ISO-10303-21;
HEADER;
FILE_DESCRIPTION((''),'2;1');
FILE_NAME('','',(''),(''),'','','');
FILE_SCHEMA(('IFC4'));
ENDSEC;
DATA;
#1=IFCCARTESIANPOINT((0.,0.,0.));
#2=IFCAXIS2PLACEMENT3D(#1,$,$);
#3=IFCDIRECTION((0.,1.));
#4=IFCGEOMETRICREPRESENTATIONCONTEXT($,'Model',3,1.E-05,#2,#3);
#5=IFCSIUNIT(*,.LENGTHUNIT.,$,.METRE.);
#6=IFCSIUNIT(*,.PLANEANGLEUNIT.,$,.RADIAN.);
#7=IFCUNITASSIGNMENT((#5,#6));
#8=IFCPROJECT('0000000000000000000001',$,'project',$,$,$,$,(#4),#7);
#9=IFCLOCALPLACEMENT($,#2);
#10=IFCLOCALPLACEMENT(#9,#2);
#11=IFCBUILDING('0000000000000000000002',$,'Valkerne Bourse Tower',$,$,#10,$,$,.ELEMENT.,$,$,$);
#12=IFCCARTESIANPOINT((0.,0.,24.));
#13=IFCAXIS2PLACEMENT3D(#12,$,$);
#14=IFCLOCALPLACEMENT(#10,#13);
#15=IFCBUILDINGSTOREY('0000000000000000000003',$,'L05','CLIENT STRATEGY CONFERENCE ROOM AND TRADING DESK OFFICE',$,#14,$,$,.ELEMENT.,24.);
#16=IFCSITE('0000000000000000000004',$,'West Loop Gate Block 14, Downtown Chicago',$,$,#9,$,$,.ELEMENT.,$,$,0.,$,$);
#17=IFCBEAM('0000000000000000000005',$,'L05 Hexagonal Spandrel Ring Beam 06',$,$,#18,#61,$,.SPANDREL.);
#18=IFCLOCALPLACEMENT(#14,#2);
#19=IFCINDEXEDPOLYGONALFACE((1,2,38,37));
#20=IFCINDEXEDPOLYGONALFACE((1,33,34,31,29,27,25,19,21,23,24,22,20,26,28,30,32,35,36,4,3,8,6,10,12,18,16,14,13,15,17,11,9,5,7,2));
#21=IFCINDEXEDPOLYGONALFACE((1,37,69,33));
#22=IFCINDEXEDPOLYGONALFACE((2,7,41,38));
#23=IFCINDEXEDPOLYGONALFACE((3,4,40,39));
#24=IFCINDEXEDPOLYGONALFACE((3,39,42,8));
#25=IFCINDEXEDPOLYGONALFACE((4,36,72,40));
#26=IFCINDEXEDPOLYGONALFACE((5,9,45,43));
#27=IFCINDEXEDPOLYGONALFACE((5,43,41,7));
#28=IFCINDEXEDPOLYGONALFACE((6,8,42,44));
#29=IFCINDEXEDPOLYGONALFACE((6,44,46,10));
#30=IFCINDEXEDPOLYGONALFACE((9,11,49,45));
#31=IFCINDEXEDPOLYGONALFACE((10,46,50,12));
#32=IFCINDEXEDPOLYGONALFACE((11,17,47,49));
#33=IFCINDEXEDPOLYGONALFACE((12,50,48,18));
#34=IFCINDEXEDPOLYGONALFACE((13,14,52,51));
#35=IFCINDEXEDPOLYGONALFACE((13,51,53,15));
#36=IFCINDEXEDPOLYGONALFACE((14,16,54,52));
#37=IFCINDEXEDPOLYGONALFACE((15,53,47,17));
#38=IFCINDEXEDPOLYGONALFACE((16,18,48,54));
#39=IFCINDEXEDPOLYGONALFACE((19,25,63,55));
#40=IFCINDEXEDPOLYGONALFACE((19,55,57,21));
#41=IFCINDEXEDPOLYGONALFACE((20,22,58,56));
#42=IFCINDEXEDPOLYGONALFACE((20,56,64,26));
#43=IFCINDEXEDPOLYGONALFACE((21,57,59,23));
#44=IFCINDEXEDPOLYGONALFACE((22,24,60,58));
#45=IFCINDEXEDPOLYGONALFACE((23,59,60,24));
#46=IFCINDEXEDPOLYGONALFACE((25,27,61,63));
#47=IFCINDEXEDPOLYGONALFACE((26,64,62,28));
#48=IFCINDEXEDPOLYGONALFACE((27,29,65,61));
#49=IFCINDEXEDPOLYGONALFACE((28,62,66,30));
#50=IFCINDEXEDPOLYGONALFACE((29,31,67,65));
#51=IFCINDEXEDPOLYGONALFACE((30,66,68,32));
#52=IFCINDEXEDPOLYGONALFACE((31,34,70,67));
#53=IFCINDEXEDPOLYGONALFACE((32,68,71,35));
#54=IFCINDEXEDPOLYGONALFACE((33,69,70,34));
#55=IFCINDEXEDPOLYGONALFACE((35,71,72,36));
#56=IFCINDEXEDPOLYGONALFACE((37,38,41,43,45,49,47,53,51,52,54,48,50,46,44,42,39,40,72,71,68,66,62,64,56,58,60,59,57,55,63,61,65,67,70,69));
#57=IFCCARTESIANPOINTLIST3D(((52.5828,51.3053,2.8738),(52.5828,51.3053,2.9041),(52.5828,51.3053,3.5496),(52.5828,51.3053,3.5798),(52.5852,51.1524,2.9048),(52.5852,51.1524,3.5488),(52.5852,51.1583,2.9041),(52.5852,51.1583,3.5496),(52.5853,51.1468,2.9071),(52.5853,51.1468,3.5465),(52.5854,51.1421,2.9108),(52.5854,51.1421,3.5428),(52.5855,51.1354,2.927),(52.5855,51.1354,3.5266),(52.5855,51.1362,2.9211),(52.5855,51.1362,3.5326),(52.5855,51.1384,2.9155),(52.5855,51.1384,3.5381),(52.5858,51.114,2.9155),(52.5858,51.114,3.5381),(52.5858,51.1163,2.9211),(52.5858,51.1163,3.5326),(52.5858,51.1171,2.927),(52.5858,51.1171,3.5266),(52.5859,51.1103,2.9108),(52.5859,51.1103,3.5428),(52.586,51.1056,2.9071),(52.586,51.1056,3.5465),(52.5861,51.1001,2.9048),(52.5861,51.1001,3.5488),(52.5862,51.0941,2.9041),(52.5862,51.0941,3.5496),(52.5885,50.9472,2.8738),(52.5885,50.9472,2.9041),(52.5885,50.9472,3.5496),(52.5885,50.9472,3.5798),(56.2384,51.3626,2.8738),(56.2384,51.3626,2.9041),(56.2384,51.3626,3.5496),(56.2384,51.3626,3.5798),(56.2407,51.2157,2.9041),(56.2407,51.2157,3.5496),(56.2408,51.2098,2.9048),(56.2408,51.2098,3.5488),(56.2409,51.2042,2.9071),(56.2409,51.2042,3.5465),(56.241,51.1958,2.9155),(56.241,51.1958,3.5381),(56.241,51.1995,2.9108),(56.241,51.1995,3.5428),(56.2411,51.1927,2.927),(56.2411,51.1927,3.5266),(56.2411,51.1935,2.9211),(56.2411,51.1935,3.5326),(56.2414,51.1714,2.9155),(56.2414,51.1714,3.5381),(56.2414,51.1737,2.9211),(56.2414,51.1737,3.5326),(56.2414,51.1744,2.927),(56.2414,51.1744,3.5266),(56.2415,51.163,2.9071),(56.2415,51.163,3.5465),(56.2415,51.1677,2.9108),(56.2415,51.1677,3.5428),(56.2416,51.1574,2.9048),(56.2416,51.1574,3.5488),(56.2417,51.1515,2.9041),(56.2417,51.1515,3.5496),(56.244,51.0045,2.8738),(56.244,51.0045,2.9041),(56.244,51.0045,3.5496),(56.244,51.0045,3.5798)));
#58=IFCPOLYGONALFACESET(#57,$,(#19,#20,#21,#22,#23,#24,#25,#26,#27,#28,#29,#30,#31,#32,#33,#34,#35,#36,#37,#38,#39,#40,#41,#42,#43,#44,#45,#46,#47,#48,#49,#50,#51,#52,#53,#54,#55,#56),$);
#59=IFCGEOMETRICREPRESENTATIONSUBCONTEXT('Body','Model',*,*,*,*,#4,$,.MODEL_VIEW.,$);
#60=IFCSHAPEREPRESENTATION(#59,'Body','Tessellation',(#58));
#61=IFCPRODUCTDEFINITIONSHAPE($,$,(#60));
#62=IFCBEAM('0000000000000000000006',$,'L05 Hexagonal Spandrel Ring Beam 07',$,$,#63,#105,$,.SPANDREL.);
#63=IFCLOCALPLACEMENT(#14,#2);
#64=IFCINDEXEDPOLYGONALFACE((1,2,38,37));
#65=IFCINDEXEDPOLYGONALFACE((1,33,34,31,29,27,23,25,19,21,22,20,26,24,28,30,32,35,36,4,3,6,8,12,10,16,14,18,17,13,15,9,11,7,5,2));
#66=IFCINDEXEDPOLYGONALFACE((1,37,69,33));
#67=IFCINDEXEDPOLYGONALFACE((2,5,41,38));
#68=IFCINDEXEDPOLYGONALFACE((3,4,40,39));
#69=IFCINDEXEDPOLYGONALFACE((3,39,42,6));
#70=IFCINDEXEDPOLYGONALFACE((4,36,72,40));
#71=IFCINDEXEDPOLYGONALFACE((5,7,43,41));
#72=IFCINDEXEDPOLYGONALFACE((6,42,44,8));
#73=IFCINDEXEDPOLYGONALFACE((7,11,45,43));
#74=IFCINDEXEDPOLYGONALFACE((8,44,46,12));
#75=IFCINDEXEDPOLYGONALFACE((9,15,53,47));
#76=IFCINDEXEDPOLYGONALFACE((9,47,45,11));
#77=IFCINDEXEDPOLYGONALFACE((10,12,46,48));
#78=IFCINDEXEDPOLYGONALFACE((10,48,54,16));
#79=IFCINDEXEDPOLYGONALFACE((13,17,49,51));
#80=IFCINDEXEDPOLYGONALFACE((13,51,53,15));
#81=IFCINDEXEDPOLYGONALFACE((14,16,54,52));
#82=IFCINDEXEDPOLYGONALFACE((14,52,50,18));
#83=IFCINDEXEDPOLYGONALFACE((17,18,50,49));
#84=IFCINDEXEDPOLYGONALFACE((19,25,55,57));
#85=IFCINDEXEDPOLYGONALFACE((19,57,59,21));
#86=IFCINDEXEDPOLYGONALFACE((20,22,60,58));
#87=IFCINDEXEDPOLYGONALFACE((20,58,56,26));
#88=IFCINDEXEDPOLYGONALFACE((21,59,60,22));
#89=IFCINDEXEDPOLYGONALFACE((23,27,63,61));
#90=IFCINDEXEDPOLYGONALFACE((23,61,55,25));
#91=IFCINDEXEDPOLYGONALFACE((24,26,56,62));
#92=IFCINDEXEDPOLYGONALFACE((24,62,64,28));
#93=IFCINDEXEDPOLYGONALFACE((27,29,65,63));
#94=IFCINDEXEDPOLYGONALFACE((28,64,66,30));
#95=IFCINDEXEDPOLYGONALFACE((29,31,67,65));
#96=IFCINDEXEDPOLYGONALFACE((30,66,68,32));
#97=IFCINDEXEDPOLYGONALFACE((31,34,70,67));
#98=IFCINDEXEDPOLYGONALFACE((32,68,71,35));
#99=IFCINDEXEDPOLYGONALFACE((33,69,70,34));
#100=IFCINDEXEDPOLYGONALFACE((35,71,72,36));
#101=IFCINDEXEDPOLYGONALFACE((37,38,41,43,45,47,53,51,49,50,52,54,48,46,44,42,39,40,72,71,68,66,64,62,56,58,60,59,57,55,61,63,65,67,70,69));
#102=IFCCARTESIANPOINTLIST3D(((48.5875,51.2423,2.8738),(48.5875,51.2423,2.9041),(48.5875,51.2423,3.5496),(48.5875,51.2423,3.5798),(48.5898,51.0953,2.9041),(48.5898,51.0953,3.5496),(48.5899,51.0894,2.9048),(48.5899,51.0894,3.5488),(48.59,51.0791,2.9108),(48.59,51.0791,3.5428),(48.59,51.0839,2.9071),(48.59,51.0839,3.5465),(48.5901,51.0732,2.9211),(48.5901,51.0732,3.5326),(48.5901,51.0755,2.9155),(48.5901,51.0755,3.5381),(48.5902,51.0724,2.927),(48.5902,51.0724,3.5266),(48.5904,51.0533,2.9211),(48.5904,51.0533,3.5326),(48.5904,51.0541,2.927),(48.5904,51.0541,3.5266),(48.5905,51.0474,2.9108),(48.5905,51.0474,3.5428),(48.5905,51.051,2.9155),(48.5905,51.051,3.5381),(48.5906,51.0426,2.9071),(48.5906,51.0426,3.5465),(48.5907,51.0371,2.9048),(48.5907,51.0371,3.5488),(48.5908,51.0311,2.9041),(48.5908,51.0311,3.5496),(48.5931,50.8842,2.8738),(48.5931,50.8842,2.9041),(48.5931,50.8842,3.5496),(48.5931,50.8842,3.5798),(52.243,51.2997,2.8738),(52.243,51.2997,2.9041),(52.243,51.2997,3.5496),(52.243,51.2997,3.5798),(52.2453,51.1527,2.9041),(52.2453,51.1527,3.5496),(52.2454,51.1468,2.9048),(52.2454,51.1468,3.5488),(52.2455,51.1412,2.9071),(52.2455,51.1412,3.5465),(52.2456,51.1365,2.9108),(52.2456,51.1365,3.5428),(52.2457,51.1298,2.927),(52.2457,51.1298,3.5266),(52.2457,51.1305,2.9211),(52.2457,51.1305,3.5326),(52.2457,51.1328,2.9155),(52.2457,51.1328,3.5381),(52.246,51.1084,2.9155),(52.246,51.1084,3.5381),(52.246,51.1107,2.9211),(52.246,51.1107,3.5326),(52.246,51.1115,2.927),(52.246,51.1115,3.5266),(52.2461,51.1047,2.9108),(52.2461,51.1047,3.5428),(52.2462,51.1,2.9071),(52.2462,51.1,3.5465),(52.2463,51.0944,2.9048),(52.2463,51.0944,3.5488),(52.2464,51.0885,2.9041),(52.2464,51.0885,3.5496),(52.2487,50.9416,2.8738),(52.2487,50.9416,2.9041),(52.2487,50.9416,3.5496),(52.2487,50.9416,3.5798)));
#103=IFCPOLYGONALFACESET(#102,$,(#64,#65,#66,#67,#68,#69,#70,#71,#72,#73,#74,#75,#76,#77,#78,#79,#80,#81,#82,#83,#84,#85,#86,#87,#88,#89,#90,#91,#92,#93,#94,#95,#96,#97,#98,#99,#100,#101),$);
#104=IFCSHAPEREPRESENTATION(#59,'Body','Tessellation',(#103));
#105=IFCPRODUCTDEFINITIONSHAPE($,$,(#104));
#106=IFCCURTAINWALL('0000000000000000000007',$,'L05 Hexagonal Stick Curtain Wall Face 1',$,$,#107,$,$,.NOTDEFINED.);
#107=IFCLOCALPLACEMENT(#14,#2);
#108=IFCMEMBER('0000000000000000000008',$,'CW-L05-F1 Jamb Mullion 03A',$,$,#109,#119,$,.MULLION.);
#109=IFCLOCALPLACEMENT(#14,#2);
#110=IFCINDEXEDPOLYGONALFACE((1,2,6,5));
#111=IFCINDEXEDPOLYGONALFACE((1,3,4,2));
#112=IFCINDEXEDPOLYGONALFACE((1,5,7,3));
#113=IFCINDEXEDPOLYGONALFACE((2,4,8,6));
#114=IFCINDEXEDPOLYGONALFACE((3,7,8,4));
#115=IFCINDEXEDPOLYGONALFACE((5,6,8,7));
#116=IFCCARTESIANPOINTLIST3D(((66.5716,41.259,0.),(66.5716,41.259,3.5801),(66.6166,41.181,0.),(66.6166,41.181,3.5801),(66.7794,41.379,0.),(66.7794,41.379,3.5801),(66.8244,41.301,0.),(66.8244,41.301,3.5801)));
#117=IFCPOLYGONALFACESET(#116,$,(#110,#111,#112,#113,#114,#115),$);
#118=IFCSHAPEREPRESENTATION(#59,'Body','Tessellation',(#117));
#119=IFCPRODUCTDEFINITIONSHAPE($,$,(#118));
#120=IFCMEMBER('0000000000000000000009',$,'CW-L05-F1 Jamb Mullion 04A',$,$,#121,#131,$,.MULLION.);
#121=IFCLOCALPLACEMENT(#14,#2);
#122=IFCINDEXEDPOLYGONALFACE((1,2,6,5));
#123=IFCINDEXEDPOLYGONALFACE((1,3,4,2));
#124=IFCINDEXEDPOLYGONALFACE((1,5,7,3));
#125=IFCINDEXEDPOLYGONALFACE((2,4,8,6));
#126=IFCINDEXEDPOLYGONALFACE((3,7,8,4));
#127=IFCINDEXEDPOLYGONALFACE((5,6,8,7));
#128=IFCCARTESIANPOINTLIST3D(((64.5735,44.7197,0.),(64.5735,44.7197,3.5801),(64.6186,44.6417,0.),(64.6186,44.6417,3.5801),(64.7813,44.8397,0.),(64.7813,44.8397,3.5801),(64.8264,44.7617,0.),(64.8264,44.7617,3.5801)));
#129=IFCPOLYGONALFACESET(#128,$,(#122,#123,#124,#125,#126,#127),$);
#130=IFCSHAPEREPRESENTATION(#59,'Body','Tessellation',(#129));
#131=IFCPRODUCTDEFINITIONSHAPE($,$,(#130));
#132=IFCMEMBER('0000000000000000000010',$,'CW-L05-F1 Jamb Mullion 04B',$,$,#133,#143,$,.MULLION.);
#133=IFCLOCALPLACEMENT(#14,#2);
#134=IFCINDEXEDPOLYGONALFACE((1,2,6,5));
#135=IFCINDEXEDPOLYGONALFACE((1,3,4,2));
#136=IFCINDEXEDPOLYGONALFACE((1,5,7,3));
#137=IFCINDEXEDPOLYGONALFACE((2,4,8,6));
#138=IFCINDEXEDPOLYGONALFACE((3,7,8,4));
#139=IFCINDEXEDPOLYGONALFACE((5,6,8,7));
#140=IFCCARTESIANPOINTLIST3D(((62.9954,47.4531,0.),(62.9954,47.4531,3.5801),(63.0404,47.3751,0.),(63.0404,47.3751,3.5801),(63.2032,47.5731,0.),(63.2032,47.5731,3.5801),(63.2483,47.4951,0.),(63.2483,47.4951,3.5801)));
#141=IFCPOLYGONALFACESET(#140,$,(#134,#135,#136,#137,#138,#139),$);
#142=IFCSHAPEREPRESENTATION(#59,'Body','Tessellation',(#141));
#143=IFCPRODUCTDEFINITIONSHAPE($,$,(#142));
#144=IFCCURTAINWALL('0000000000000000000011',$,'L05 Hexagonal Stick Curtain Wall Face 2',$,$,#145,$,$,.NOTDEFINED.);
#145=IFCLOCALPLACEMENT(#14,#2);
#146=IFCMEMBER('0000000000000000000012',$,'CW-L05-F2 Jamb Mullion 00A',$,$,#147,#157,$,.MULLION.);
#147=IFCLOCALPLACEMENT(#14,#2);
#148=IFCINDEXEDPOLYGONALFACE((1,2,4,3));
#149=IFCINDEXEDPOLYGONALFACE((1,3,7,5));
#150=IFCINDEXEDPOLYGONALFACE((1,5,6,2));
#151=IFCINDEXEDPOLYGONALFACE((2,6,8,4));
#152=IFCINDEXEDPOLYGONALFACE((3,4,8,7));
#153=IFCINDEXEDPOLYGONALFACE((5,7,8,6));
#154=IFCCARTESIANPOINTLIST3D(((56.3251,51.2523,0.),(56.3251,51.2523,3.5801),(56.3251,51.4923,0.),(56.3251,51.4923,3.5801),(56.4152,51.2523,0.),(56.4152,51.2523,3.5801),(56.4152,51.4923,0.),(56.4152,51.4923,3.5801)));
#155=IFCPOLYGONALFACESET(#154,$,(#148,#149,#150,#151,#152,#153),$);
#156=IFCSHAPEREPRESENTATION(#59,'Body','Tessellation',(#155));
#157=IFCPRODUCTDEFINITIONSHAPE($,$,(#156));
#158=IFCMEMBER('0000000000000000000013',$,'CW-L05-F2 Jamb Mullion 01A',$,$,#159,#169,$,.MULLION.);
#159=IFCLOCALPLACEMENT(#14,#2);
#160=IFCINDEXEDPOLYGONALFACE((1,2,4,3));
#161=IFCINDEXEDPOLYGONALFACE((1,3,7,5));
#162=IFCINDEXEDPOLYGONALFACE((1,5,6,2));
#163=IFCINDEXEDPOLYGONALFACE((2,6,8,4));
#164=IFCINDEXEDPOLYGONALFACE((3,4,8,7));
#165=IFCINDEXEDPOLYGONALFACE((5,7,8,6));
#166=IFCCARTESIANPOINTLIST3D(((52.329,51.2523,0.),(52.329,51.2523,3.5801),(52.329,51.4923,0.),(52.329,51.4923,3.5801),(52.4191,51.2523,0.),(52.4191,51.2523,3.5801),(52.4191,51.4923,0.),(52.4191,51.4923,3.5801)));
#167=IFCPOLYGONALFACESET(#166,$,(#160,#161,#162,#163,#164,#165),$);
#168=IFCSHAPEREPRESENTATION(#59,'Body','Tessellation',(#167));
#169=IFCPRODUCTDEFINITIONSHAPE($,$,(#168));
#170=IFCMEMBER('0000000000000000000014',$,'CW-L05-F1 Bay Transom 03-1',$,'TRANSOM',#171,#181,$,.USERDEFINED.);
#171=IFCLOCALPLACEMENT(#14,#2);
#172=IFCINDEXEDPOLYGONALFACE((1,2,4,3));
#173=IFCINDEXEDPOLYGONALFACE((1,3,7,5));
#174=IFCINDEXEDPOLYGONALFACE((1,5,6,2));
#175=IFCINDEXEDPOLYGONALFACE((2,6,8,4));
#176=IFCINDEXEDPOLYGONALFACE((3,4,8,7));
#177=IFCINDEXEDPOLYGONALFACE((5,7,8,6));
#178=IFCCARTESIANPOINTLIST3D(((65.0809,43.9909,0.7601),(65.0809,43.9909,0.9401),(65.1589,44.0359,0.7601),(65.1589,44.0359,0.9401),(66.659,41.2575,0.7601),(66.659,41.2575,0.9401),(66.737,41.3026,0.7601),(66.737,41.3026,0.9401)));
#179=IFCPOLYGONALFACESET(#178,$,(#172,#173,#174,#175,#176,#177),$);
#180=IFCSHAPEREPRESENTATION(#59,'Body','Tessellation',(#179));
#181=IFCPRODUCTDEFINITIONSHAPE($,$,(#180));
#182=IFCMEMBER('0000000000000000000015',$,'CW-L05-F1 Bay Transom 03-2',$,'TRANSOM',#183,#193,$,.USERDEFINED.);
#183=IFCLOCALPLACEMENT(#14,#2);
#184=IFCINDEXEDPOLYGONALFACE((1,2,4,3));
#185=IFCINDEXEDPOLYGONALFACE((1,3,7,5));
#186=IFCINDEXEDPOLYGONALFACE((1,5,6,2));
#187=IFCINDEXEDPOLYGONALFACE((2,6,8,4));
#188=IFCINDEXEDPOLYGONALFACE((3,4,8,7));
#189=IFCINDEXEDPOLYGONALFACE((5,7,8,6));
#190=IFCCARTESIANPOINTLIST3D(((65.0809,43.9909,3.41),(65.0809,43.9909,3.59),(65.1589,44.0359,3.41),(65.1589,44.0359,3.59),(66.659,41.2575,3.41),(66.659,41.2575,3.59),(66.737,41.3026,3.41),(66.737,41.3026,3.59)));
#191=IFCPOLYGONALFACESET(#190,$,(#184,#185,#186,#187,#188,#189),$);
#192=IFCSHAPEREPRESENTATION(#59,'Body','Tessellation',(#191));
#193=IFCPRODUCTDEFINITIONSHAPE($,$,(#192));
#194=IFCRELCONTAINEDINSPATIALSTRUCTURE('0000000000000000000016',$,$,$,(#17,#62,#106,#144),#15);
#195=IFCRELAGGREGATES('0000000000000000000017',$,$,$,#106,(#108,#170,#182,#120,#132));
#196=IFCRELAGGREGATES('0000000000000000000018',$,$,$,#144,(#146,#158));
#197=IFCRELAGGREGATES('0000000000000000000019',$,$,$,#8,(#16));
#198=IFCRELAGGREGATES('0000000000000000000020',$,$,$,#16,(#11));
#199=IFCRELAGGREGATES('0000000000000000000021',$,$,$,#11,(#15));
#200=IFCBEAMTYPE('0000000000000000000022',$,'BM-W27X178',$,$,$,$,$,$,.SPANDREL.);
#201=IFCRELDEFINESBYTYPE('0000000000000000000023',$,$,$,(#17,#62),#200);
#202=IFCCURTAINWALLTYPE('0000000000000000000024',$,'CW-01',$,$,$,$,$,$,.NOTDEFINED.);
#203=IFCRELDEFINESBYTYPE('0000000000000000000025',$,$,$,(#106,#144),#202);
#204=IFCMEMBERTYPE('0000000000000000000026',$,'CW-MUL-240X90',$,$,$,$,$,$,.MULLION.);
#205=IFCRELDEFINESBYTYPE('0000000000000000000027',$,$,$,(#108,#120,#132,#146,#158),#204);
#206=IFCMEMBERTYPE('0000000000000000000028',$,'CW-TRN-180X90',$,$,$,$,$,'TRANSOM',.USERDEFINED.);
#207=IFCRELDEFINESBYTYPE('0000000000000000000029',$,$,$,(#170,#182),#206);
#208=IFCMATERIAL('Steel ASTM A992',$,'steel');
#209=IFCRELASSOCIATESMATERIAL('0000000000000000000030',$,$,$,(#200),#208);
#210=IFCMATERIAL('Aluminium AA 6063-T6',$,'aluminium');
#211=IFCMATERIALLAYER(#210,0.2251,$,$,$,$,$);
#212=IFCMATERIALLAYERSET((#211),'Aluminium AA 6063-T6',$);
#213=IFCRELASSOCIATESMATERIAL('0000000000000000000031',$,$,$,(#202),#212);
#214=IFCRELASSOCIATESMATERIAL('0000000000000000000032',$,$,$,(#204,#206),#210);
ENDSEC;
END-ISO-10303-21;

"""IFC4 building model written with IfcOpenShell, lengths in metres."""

from ifc_helpers import new_model, si_unit, direction, frame, origin, origin_2d, place, context, subcontext, project, spatial, rectangle, i_section, extrude, material, layer, layer_set, material_profile, profile_set, type_object, element, aggregate, save


model = new_model("IFC4")

# Units and contexts
model_context = context("Model", 3, precision=1e-05, world=origin(), true_north=direction((0.0, 1.0)))
body_context = subcontext(model_context, "Body", "Model", "MODEL_VIEW")
ifc_project = project(units=[si_unit("LENGTHUNIT", "METRE"), si_unit("PLANEANGLEUNIT", "RADIAN")], contexts=[model_context])

# Site, building, storey
site_placement = place(None, origin())
site = spatial("IfcSite", under=ifc_project, at=site_placement, Name="West Loop Gate Block 14, Downtown Chicago", CompositionType="ELEMENT", RefElevation=0.0)
building_placement = place(site_placement, origin())
building = spatial("IfcBuilding", under=site, at=building_placement, Name="Valkerne Bourse Tower", CompositionType="ELEMENT")
storey_placement = place(building_placement, frame((0.0, 0.0, 24.0)))
storey = spatial("IfcBuildingStorey", under=building, at=storey_placement, Name="L05", Description="CLIENT STRATEGY CONFERENCE ROOM AND TRADING DESK OFFICE", CompositionType="ELEMENT", Elevation=24.0)

# Beams
ifc_material_1 = material(Name="Steel ASTM A992", Category="steel")
ifc_material_profile_1 = material_profile(ifc_material_1, i_section(OverallWidth=0.3582, OverallDepth=0.7061, WebThickness=0.0183, FlangeThickness=0.0303, FilletRadius=0.0229, at=origin_2d()), Name="W27X178")
ifc_profile_set_1 = profile_set([ifc_material_profile_1], Name="Steel ASTM A992")
beam_type = type_object("IfcBeamType", Name="BM-W27X178", PredefinedType="SPANDREL", material=ifc_profile_set_1)
for number, where, z_axis, x_axis, name in (
    (1, (56.2412, 51.1836, 3.2268), (-0.999877, -0.015693, 0.0), (0.015693, -0.999877, 0.0), "L05 Hexagonal Spandrel Ring Beam 06"),
    (2, (52.2458, 51.1206, 3.2268), (-0.999877, -0.015693, 0.0), (0.015693, -0.999877, 0.0), "L05 Hexagonal Spandrel Ring Beam 07"),
):
    element("IfcBeam", number, at=place(storey_placement, frame(where, z_axis=z_axis, x_axis=x_axis)), inside=storey, type_object=beam_type, Name=name, PredefinedType="SPANDREL", context=body_context, shape_type="SweptSolid", body=[
        extrude(i_section(OverallWidth=0.3582, OverallDepth=0.7061, WebThickness=0.0183, FlangeThickness=0.0303, FilletRadius=0.0229, at=origin_2d()), origin(), (0.0, 0.0, 1.0), 3.656),
    ])

# Curtain walls, members
ifc_material_2 = material(Name="Aluminium AA 6063-T6", Category="aluminium")
ifc_layer_1 = layer(ifc_material_2, 0.2251)
ifc_layer_set_1 = layer_set([ifc_layer_1], Name="Aluminium AA 6063-T6")
curtain_wall_type = type_object("IfcCurtainWallType", Name="CW-01", PredefinedType="NOTDEFINED", material=ifc_layer_set_1)
curtain_wall_1_placement = place(storey_placement, origin())
curtain_wall_1 = element("IfcCurtainWall", 3, at=curtain_wall_1_placement, inside=storey, type_object=curtain_wall_type, Name="L05 Hexagonal Stick Curtain Wall Face 1", PredefinedType="NOTDEFINED")
ifc_material_profile_2 = material_profile(ifc_material_2, rectangle(XDim=0.0901, YDim=0.24, at=origin_2d()), Name="CWM-90X240")
ifc_profile_set_2 = profile_set([ifc_material_profile_2], Name="Aluminium AA 6063-T6")
member_type_1 = type_object("IfcMemberType", Name="CW-MUL-240X90", PredefinedType="MULLION", material=ifc_profile_set_2)
member_1_placement = place(storey_placement, frame((66.698, 41.28, 0.0), z_axis=(0.0, 0.0, 1.0), x_axis=(-0.499993, 0.866029, 0.0)))
member_1 = element("IfcMember", 4, at=member_1_placement, type_object=member_type_1, Name="CW-L05-F1 Jamb Mullion 03A", PredefinedType="MULLION", context=body_context, shape_type="SweptSolid", body=[
    extrude(rectangle(XDim=0.0901, YDim=0.24, at=origin_2d()), origin(), (0.0, 0.0, 1.0), 3.5801),
])
member_2_placement = place(storey_placement, frame((64.7, 44.7407, 0.0), z_axis=(0.0, 0.0, 1.0), x_axis=(-0.500004, 0.866023, 0.0)))
member_2 = element("IfcMember", 5, at=member_2_placement, type_object=member_type_1, Name="CW-L05-F1 Jamb Mullion 04A", PredefinedType="MULLION", context=body_context, shape_type="SweptSolid", body=[
    extrude(rectangle(XDim=0.0901, YDim=0.24, at=origin_2d()), origin(), (0.0, 0.0, 1.0), 3.5801),
])
member_3_placement = place(storey_placement, frame((63.1218, 47.4741, 0.0), z_axis=(0.0, 0.0, 1.0), x_axis=(-0.500004, 0.866023, 0.0)))
member_3 = element("IfcMember", 6, at=member_3_placement, type_object=member_type_1, Name="CW-L05-F1 Jamb Mullion 04B", PredefinedType="MULLION", context=body_context, shape_type="SweptSolid", body=[
    extrude(rectangle(XDim=0.0901, YDim=0.24, at=origin_2d()), origin(), (0.0, 0.0, 1.0), 3.5801),
])
curtain_wall_2_placement = place(storey_placement, origin())
curtain_wall_2 = element("IfcCurtainWall", 7, at=curtain_wall_2_placement, inside=storey, type_object=curtain_wall_type, Name="L05 Hexagonal Stick Curtain Wall Face 2", PredefinedType="NOTDEFINED")
member_4_placement = place(storey_placement, frame((56.3701, 51.3723, 0.0), z_axis=(0.0, 0.0, 1.0), x_axis=(-1.0, 0.0, 0.0)))
member_4 = element("IfcMember", 8, at=member_4_placement, type_object=member_type_1, Name="CW-L05-F2 Jamb Mullion 00A", PredefinedType="MULLION", context=body_context, shape_type="SweptSolid", body=[
    extrude(rectangle(XDim=0.0901, YDim=0.24, at=origin_2d()), origin(), (0.0, 0.0, 1.0), 3.5801),
])
member_5_placement = place(storey_placement, frame((52.374, 51.3723, 0.0), z_axis=(0.0, 0.0, 1.0), x_axis=(-1.0, 0.0, 0.0)))
member_5 = element("IfcMember", 9, at=member_5_placement, type_object=member_type_1, Name="CW-L05-F2 Jamb Mullion 01A", PredefinedType="MULLION", context=body_context, shape_type="SweptSolid", body=[
    extrude(rectangle(XDim=0.0901, YDim=0.24, at=origin_2d()), origin(), (0.0, 0.0, 1.0), 3.5801),
])

# Members
ifc_material_profile_3 = material_profile(ifc_material_2, rectangle(XDim=0.0901, YDim=0.1799, at=origin_2d()), Name="CWT-90X180")
ifc_profile_set_3 = profile_set([ifc_material_profile_3], Name="Aluminium AA 6063-T6")
member_type_2 = type_object("IfcMemberType", Name="CW-TRN-180X90", ElementType="TRANSOM", PredefinedType="USERDEFINED", material=ifc_profile_set_3)
member_6_placement = place(storey_placement, frame((66.698, 41.28, 0.8501), z_axis=(-0.499999, 0.866026, 0.0), x_axis=(-0.866026, -0.499999, 0.0)))
member_6 = element("IfcMember", 10, at=member_6_placement, type_object=member_type_2, Name="CW-L05-F1 Bay Transom 03-1", ObjectType="TRANSOM", PredefinedType="USERDEFINED", context=body_context, shape_type="SweptSolid", body=[
    extrude(rectangle(XDim=0.0901, YDim=0.1799, at=origin_2d()), origin(), (0.0, 0.0, 1.0), 3.1562),
])
member_7_placement = place(storey_placement, frame((66.698, 41.28, 3.5), z_axis=(-0.499999, 0.866026, 0.0), x_axis=(-0.866026, -0.499999, 0.0)))
member_7 = element("IfcMember", 11, at=member_7_placement, type_object=member_type_2, Name="CW-L05-F1 Bay Transom 03-2", ObjectType="TRANSOM", PredefinedType="USERDEFINED", context=body_context, shape_type="SweptSolid", body=[
    extrude(rectangle(XDim=0.0901, YDim=0.1799, at=origin_2d()), origin(), (0.0, 0.0, 1.0), 3.1562),
])

aggregate(curtain_wall_1, [member_1, member_6, member_7, member_2, member_3])
aggregate(curtain_wall_2, [member_4, member_5])

save(model, "model.ifc")
